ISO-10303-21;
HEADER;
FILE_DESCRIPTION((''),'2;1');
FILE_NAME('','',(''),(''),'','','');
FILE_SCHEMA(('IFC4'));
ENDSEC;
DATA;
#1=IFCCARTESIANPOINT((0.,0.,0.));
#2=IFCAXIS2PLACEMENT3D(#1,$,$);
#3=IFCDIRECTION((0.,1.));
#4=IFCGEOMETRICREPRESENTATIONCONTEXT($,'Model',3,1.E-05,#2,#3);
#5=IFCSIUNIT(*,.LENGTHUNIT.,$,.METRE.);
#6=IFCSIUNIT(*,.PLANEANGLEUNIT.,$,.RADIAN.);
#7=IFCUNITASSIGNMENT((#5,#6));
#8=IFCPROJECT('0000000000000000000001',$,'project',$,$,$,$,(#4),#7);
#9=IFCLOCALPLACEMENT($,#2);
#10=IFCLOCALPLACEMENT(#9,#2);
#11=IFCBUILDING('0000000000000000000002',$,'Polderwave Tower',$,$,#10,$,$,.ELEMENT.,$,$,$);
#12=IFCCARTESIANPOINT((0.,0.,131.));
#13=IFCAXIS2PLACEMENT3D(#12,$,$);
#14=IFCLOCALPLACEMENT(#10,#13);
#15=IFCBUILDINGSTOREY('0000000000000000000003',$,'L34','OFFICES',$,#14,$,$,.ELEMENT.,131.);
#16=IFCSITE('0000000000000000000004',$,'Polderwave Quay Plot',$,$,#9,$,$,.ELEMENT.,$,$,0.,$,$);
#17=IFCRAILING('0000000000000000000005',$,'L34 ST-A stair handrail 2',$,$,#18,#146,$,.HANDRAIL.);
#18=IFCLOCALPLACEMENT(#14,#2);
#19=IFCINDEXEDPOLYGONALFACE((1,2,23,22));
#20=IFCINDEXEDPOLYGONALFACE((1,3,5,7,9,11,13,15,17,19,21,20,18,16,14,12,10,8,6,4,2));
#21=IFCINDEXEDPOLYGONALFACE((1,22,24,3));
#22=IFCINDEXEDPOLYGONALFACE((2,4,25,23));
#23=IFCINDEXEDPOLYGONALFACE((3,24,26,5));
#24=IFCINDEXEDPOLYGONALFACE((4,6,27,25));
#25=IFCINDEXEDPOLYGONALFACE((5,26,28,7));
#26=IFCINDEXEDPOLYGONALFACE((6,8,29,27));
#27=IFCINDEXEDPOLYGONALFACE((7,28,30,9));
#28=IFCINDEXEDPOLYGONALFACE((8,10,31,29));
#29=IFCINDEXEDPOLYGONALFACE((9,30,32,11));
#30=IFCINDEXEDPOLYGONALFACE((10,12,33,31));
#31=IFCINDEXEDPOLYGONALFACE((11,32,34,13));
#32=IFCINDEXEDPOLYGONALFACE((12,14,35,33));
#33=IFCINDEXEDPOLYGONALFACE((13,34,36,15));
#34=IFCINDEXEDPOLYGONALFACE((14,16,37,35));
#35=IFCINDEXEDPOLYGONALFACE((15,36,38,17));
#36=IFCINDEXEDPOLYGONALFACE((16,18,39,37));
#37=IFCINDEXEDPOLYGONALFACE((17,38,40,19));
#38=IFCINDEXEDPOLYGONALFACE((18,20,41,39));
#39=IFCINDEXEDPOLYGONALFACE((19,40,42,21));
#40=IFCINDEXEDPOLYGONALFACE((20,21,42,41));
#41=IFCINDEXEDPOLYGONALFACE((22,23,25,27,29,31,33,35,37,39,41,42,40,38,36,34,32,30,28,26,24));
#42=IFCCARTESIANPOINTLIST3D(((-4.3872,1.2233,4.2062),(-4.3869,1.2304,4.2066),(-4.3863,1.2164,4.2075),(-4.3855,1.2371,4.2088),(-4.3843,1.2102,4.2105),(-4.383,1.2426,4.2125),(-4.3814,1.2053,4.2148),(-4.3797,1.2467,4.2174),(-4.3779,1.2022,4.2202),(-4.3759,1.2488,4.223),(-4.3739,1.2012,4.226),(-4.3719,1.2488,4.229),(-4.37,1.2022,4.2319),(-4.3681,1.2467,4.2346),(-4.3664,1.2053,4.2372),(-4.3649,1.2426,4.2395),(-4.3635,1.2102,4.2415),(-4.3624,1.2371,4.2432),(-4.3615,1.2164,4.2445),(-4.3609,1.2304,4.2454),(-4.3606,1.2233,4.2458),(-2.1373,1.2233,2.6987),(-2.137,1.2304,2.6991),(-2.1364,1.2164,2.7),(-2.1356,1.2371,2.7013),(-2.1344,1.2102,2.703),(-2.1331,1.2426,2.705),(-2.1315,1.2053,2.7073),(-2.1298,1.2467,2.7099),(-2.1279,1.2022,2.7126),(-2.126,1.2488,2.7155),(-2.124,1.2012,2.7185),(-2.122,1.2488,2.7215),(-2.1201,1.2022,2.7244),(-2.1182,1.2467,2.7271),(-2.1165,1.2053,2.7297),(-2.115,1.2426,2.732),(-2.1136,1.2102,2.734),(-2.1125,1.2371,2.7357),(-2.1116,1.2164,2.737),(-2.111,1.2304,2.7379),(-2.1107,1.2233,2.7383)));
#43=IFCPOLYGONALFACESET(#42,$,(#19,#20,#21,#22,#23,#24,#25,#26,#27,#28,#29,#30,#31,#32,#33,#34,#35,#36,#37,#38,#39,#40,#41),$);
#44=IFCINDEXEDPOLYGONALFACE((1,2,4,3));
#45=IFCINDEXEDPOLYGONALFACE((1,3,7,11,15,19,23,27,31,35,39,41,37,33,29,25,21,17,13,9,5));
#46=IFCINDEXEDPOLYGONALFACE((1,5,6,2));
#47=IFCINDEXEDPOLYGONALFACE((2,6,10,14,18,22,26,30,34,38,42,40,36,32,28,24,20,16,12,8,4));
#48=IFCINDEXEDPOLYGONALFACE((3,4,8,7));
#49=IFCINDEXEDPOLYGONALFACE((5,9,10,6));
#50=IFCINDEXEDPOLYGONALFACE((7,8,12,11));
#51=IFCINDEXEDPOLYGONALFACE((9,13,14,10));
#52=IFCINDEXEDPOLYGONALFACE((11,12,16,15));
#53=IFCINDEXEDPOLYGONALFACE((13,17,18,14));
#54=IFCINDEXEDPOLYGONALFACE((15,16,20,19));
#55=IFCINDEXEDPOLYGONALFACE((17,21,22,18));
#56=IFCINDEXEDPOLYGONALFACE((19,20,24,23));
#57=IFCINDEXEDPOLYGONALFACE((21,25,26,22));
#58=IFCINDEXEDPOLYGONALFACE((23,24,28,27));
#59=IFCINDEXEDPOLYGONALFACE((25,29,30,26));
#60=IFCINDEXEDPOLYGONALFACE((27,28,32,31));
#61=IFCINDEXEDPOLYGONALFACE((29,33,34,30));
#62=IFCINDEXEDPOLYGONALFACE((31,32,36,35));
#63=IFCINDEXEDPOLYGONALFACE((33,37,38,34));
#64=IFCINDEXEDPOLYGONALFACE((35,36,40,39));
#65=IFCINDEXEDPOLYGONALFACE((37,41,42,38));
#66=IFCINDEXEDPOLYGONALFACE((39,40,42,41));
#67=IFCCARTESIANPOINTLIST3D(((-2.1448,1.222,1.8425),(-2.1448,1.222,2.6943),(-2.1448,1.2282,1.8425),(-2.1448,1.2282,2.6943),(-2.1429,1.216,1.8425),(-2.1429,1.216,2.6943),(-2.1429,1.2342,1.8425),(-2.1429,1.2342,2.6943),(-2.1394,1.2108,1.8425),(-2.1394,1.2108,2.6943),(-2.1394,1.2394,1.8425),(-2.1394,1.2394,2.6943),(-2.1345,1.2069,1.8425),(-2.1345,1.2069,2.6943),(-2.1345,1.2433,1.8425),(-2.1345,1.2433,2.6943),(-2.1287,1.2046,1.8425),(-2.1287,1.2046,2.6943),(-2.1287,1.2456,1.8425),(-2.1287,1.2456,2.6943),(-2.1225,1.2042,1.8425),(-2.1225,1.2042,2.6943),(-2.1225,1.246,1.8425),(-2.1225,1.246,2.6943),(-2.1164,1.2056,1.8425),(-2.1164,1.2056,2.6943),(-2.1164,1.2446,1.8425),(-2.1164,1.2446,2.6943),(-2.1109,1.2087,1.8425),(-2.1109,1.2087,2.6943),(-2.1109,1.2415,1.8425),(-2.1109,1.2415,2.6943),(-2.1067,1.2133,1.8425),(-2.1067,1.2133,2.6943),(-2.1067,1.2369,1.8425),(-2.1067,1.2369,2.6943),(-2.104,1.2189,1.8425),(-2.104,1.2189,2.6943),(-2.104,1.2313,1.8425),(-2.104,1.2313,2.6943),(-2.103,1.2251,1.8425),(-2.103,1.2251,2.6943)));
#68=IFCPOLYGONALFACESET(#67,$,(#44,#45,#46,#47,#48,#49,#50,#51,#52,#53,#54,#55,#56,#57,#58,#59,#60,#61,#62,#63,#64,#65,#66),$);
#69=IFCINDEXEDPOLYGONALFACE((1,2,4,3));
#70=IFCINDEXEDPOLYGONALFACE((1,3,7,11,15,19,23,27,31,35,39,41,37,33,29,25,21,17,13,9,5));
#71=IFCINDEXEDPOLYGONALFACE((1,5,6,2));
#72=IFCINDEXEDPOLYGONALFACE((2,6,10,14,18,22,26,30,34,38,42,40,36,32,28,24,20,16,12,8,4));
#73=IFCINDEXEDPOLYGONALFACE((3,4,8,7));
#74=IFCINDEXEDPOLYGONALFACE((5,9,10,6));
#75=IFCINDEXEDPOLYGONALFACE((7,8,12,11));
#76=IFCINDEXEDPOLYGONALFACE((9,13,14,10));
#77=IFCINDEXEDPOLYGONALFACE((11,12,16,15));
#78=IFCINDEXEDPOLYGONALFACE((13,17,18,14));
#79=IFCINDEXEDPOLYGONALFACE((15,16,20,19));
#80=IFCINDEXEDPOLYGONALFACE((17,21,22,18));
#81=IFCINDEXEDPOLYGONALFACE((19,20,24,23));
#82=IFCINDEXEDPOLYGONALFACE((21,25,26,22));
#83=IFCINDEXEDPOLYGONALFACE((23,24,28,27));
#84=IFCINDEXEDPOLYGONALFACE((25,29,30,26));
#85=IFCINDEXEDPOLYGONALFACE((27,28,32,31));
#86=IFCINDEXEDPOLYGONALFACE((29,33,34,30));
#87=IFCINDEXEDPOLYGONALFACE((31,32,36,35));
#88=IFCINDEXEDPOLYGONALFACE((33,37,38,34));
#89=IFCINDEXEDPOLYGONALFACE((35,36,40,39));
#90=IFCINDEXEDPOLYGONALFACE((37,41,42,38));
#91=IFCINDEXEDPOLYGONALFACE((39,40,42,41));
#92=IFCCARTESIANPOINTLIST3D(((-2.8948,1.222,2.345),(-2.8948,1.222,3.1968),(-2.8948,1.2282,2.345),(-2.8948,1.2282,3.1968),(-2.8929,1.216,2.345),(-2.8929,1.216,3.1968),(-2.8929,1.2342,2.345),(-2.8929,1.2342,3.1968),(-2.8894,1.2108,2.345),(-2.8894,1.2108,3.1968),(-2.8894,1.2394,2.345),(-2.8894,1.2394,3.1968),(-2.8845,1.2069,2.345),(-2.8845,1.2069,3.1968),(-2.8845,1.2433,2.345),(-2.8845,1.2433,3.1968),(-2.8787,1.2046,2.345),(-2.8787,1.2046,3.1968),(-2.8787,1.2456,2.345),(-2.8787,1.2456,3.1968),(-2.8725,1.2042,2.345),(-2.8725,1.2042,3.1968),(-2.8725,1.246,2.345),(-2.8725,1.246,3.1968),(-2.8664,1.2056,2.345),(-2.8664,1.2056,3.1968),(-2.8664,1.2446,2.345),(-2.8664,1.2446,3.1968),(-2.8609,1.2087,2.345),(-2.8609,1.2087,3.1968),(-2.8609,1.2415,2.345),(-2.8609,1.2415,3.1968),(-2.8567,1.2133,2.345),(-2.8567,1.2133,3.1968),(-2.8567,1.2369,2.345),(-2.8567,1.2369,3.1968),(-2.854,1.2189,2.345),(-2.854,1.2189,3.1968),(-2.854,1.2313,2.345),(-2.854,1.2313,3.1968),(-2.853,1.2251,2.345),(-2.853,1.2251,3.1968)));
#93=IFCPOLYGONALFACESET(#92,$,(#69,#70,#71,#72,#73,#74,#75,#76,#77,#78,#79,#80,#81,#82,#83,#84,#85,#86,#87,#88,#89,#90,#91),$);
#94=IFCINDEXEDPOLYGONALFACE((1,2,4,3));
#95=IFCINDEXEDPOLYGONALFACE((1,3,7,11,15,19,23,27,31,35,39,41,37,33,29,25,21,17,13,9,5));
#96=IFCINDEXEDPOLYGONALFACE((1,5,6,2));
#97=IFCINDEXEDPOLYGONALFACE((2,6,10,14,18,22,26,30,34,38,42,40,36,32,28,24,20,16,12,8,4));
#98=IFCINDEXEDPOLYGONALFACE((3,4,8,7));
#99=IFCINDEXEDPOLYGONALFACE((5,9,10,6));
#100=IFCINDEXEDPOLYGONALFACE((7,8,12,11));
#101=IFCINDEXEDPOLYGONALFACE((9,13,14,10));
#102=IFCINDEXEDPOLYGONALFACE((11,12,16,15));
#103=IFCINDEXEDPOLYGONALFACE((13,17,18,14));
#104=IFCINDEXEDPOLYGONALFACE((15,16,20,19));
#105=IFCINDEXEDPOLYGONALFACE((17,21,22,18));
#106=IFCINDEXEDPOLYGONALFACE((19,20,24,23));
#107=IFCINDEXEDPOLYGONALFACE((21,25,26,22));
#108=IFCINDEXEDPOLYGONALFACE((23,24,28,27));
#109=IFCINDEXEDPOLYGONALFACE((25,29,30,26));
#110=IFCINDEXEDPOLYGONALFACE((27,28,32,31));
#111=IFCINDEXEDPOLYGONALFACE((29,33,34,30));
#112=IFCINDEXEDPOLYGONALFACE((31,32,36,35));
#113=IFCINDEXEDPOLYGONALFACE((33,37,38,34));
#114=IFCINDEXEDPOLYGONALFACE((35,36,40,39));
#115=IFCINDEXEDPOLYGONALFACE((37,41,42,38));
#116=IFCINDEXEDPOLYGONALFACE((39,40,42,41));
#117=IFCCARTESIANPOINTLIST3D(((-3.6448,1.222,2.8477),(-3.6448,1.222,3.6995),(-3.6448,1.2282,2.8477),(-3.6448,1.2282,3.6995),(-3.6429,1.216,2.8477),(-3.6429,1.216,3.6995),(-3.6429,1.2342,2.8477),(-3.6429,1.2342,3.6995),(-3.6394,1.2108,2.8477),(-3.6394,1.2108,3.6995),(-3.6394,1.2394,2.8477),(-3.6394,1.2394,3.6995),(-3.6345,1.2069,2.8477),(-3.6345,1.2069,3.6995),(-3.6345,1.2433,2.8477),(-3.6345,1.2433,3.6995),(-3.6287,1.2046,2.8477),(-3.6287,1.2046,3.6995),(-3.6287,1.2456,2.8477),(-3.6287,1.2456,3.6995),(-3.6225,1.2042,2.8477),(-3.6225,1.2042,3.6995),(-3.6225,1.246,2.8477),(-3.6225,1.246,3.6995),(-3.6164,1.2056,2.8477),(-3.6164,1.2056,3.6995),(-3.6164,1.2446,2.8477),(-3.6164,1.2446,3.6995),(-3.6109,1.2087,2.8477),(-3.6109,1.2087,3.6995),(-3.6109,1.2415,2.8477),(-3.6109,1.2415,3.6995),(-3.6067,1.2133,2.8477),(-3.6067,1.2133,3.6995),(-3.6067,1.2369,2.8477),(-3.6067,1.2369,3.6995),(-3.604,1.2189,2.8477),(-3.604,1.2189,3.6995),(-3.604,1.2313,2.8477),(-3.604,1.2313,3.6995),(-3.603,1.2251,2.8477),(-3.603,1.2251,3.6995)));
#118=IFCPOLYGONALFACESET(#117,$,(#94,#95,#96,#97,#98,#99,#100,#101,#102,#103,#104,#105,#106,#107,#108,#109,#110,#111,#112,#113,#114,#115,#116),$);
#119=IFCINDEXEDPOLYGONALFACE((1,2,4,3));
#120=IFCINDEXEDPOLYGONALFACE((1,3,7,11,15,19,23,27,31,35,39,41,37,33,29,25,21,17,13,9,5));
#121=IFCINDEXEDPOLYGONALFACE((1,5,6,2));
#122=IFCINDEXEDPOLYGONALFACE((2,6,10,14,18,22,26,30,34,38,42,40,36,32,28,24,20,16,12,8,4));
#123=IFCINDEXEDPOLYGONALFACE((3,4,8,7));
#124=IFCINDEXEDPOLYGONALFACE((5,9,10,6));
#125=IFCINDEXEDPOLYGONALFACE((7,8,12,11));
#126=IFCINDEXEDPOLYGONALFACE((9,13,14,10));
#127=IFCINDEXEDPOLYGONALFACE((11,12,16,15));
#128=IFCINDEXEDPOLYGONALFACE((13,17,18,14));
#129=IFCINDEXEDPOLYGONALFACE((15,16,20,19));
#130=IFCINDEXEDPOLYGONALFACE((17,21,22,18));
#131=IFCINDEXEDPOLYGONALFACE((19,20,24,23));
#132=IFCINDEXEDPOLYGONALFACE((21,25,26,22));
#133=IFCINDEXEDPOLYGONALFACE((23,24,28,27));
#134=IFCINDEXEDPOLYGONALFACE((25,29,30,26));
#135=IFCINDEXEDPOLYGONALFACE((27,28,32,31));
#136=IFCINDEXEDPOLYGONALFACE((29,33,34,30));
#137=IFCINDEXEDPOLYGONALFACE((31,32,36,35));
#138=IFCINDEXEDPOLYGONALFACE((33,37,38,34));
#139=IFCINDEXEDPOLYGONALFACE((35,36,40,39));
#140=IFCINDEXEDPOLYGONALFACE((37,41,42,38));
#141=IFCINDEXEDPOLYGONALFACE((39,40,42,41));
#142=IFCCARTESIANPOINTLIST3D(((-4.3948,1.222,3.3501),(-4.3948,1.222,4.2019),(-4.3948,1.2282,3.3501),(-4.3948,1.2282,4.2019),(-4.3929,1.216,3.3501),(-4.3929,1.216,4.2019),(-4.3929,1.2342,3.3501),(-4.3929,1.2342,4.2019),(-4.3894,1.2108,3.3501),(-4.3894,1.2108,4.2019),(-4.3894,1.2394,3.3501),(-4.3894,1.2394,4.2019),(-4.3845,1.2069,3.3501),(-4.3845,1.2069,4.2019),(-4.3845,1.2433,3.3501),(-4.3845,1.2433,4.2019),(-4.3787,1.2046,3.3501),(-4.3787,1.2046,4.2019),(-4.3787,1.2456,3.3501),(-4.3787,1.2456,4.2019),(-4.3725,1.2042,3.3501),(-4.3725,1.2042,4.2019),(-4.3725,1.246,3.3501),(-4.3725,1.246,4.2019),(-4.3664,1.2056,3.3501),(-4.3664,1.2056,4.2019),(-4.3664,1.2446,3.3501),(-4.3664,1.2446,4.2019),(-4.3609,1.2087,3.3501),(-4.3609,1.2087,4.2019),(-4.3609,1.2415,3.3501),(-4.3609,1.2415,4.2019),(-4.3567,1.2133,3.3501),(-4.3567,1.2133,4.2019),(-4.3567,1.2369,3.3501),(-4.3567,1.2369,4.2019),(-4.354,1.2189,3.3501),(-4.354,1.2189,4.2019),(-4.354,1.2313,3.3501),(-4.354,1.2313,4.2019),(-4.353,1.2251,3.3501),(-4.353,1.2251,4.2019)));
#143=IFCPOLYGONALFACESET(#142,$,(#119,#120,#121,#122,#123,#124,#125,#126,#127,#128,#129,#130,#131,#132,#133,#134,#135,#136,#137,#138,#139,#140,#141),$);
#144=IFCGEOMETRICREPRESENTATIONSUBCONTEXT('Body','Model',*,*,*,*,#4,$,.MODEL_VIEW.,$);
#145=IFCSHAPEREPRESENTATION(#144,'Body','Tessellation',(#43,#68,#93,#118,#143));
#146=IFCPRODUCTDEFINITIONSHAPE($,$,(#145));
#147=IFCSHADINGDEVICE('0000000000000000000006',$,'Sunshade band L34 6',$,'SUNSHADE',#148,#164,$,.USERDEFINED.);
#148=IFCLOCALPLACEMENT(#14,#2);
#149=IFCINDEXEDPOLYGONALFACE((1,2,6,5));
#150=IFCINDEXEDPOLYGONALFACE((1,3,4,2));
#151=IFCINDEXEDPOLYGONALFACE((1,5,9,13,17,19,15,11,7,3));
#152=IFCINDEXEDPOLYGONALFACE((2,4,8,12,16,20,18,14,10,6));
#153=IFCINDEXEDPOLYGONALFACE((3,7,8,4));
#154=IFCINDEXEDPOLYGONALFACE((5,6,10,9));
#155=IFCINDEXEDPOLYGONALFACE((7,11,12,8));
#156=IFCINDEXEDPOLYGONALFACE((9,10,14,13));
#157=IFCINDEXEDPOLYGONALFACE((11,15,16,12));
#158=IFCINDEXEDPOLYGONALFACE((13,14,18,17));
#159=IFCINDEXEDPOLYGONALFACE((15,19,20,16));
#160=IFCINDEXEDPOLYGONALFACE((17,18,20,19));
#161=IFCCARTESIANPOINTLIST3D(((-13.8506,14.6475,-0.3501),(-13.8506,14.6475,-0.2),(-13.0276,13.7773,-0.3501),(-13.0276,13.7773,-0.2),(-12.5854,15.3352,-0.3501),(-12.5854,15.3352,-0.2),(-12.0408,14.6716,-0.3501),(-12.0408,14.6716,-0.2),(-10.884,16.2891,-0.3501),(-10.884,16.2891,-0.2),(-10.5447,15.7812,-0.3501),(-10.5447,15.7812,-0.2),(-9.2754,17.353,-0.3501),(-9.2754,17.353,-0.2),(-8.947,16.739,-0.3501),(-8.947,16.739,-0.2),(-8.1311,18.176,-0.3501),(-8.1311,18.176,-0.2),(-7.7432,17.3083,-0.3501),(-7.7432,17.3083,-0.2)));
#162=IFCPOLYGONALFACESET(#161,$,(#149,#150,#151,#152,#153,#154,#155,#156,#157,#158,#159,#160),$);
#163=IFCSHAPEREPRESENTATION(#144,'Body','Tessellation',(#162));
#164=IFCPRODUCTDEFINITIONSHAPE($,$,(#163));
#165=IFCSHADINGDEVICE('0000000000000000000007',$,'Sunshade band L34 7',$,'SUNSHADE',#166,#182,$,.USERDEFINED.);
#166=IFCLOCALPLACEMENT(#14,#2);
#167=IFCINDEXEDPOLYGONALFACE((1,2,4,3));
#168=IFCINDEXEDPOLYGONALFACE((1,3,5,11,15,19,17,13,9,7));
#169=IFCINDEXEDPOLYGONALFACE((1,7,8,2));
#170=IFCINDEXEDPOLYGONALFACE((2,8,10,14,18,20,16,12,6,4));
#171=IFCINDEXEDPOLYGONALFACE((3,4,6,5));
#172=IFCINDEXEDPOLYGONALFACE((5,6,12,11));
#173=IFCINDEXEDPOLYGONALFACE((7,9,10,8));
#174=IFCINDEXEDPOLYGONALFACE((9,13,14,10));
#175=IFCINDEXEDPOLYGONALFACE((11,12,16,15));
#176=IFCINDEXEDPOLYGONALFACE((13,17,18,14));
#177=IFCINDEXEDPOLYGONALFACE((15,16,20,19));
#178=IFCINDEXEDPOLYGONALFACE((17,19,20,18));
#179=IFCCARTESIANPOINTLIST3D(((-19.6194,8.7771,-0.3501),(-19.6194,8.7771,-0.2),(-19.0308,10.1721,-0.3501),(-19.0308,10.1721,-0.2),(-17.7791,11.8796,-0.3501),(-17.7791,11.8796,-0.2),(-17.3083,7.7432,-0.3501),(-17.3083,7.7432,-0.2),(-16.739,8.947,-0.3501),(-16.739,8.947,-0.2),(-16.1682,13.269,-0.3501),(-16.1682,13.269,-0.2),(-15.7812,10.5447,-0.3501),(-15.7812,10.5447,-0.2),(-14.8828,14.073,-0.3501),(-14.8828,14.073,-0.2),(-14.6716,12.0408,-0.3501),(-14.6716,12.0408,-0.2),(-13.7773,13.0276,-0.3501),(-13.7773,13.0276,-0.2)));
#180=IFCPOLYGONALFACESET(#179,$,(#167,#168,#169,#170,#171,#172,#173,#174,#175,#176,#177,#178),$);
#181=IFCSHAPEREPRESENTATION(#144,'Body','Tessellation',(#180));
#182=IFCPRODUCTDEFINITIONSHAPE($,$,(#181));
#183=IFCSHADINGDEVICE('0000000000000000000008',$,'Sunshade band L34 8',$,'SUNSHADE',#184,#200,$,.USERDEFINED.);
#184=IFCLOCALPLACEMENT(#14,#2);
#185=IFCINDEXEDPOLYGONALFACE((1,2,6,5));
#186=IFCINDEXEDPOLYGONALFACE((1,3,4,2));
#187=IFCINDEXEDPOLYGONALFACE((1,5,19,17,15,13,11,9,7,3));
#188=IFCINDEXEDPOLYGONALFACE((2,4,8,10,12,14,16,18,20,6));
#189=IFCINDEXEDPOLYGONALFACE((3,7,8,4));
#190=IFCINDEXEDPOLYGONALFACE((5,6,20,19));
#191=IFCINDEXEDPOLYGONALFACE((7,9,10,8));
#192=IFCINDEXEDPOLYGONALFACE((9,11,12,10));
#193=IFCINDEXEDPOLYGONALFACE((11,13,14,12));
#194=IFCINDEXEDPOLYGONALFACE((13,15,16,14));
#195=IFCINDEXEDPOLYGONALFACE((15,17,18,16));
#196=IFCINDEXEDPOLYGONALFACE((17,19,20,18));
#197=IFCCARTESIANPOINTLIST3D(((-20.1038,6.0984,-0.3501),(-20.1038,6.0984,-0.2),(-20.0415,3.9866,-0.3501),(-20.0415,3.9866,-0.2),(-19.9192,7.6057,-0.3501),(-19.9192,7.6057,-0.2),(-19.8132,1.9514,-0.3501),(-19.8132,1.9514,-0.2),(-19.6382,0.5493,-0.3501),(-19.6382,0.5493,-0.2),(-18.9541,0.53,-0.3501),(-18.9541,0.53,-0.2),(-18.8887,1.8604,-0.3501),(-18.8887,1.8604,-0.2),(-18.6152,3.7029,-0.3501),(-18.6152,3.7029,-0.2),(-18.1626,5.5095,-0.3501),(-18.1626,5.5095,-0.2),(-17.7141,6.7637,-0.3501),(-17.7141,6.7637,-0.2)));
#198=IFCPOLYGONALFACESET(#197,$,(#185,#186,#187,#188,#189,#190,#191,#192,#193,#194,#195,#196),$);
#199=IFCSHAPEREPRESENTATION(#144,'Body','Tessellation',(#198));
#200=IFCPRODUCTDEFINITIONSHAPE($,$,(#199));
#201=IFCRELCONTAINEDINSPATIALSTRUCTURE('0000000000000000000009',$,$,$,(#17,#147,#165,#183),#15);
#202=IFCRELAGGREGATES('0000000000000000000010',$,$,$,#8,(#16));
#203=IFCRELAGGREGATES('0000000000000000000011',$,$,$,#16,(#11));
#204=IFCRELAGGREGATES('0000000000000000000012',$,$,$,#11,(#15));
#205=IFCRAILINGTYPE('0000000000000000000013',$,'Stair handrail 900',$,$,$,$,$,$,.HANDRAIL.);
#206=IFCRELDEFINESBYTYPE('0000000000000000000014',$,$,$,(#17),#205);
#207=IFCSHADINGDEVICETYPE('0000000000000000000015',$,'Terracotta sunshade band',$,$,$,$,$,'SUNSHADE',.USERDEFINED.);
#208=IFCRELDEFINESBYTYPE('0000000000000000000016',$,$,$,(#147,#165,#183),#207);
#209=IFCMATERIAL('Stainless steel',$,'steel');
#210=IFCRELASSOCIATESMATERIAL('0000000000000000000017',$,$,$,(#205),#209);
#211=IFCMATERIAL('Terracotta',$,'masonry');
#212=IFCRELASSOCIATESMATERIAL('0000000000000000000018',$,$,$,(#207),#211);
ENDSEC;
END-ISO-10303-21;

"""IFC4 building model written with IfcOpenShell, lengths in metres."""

from ifc_helpers import new_model, si_unit, direction, frame, origin, origin_2d, place, context, subcontext, project, spatial, polyline, circle, outline, extrude, material, type_object, element, save


model = new_model("IFC4")

# Units and contexts
model_context = context("Model", 3, precision=1e-05, world=origin(), true_north=direction((0.0, 1.0)))
body_context = subcontext(model_context, "Body", "Model", "MODEL_VIEW")
ifc_project = project(units=[si_unit("LENGTHUNIT", "METRE"), si_unit("PLANEANGLEUNIT", "RADIAN")], contexts=[model_context])

# Site, building, storey
site_placement = place(None, origin())
site = spatial("IfcSite", under=ifc_project, at=site_placement, Name="Polderwave Quay Plot", CompositionType="ELEMENT", RefElevation=0.0)
building_placement = place(site_placement, origin())
building = spatial("IfcBuilding", under=site, at=building_placement, Name="Polderwave Tower", CompositionType="ELEMENT")
storey_placement = place(building_placement, frame((0.0, 0.0, 131.0)))
storey = spatial("IfcBuildingStorey", under=building, at=storey_placement, Name="L34", Description="OFFICES", CompositionType="ELEMENT", Elevation=131.0)

# Shared definitions
ifc_material_1 = material(Name="Stainless steel", Category="steel")

# Railing
railing_type_1 = type_object("IfcRailingType", Name="Stair handrail 900", PredefinedType="HANDRAIL", material=ifc_material_1)
railing_1_placement = place(storey_placement, frame((-2.124, 1.2251, 1.8425)))
element("IfcRailing", 1, at=railing_1_placement, inside=storey, type_object=railing_type_1, Name="L34 ST-A stair handrail 2", PredefinedType="HANDRAIL", context=body_context, shape_type="SweptSolid", body=[
    extrude(circle(Radius=0.0239, at=origin_2d()), frame((0.0, 0.0, 0.876), z_axis=(-0.830758, 0.0, 0.556633), x_axis=(0.0, -1.0, 0.0)), (0.0, 0.0, 1.0), 2.7083),
    extrude(circle(Radius=0.021, at=origin_2d()), origin(), (0.0, 0.0, 1.0), 0.8518),
    extrude(circle(Radius=0.021, at=origin_2d()), frame((-0.75, 0.0, 0.5024)), (0.0, 0.0, 1.0), 0.8518),
    extrude(circle(Radius=0.021, at=origin_2d()), frame((-1.5, 0.0, 1.0051)), (0.0, 0.0, 1.0), 0.8518),
    extrude(circle(Radius=0.021, at=origin_2d()), frame((-2.25, 0.0, 1.5076)), (0.0, 0.0, 1.0), 0.8518),
])

# Shading devices
ifc_material_2 = material(Name="Terracotta", Category="masonry")
shading_device_type = type_object("IfcShadingDeviceType", Name="Terracotta sunshade band", ElementType="SUNSHADE", PredefinedType="USERDEFINED", material=ifc_material_2)
shading_device_1_placement = place(storey_placement, frame((0.0, 0.0, -0.3501)))
element("IfcShadingDevice", 2, at=shading_device_1_placement, inside=storey, type_object=shading_device_type, Name="Sunshade band L34 6", ObjectType="SUNSHADE", PredefinedType="USERDEFINED", context=body_context, shape_type="SweptSolid", body=[
    extrude(outline(polyline([(-7.7432, 17.3083), (-8.947, 16.739), (-10.5447, 15.7812), (-12.0408, 14.6716), (-13.0276, 13.7773), (-13.8506, 14.6475), (-12.5854, 15.3352), (-10.884, 16.2891), (-9.2754, 17.353), (-8.1311, 18.176), (-7.7432, 17.3083)])), origin(), (0.0, 0.0, 1.0), 0.1501),
])
shading_device_2_placement = place(storey_placement, frame((0.0, 0.0, -0.3501)))
element("IfcShadingDevice", 3, at=shading_device_2_placement, inside=storey, type_object=shading_device_type, Name="Sunshade band L34 7", ObjectType="SUNSHADE", PredefinedType="USERDEFINED", context=body_context, shape_type="SweptSolid", body=[
    extrude(outline(polyline([(-13.7773, 13.0276), (-14.6716, 12.0408), (-15.7812, 10.5447), (-16.739, 8.947), (-17.3083, 7.7432), (-19.6194, 8.7771), (-19.0308, 10.1721), (-17.7791, 11.8796), (-16.1682, 13.269), (-14.8828, 14.073), (-13.7773, 13.0276)])), origin(), (0.0, 0.0, 1.0), 0.1501),
])
shading_device_3_placement = place(storey_placement, frame((0.0, 0.0, -0.3501)))
element("IfcShadingDevice", 4, at=shading_device_3_placement, inside=storey, type_object=shading_device_type, Name="Sunshade band L34 8", ObjectType="SUNSHADE", PredefinedType="USERDEFINED", context=body_context, shape_type="SweptSolid", body=[
    extrude(outline(polyline([(-17.7141, 6.7637), (-18.1626, 5.5095), (-18.6152, 3.7029), (-18.8887, 1.8604), (-18.9541, 0.53), (-19.6382, 0.5493), (-19.8132, 1.9514), (-20.0415, 3.9866), (-20.1038, 6.0984), (-19.9192, 7.6057), (-17.7141, 6.7637)])), origin(), (0.0, 0.0, 1.0), 0.1501),
])

save(model, "model.ifc")
